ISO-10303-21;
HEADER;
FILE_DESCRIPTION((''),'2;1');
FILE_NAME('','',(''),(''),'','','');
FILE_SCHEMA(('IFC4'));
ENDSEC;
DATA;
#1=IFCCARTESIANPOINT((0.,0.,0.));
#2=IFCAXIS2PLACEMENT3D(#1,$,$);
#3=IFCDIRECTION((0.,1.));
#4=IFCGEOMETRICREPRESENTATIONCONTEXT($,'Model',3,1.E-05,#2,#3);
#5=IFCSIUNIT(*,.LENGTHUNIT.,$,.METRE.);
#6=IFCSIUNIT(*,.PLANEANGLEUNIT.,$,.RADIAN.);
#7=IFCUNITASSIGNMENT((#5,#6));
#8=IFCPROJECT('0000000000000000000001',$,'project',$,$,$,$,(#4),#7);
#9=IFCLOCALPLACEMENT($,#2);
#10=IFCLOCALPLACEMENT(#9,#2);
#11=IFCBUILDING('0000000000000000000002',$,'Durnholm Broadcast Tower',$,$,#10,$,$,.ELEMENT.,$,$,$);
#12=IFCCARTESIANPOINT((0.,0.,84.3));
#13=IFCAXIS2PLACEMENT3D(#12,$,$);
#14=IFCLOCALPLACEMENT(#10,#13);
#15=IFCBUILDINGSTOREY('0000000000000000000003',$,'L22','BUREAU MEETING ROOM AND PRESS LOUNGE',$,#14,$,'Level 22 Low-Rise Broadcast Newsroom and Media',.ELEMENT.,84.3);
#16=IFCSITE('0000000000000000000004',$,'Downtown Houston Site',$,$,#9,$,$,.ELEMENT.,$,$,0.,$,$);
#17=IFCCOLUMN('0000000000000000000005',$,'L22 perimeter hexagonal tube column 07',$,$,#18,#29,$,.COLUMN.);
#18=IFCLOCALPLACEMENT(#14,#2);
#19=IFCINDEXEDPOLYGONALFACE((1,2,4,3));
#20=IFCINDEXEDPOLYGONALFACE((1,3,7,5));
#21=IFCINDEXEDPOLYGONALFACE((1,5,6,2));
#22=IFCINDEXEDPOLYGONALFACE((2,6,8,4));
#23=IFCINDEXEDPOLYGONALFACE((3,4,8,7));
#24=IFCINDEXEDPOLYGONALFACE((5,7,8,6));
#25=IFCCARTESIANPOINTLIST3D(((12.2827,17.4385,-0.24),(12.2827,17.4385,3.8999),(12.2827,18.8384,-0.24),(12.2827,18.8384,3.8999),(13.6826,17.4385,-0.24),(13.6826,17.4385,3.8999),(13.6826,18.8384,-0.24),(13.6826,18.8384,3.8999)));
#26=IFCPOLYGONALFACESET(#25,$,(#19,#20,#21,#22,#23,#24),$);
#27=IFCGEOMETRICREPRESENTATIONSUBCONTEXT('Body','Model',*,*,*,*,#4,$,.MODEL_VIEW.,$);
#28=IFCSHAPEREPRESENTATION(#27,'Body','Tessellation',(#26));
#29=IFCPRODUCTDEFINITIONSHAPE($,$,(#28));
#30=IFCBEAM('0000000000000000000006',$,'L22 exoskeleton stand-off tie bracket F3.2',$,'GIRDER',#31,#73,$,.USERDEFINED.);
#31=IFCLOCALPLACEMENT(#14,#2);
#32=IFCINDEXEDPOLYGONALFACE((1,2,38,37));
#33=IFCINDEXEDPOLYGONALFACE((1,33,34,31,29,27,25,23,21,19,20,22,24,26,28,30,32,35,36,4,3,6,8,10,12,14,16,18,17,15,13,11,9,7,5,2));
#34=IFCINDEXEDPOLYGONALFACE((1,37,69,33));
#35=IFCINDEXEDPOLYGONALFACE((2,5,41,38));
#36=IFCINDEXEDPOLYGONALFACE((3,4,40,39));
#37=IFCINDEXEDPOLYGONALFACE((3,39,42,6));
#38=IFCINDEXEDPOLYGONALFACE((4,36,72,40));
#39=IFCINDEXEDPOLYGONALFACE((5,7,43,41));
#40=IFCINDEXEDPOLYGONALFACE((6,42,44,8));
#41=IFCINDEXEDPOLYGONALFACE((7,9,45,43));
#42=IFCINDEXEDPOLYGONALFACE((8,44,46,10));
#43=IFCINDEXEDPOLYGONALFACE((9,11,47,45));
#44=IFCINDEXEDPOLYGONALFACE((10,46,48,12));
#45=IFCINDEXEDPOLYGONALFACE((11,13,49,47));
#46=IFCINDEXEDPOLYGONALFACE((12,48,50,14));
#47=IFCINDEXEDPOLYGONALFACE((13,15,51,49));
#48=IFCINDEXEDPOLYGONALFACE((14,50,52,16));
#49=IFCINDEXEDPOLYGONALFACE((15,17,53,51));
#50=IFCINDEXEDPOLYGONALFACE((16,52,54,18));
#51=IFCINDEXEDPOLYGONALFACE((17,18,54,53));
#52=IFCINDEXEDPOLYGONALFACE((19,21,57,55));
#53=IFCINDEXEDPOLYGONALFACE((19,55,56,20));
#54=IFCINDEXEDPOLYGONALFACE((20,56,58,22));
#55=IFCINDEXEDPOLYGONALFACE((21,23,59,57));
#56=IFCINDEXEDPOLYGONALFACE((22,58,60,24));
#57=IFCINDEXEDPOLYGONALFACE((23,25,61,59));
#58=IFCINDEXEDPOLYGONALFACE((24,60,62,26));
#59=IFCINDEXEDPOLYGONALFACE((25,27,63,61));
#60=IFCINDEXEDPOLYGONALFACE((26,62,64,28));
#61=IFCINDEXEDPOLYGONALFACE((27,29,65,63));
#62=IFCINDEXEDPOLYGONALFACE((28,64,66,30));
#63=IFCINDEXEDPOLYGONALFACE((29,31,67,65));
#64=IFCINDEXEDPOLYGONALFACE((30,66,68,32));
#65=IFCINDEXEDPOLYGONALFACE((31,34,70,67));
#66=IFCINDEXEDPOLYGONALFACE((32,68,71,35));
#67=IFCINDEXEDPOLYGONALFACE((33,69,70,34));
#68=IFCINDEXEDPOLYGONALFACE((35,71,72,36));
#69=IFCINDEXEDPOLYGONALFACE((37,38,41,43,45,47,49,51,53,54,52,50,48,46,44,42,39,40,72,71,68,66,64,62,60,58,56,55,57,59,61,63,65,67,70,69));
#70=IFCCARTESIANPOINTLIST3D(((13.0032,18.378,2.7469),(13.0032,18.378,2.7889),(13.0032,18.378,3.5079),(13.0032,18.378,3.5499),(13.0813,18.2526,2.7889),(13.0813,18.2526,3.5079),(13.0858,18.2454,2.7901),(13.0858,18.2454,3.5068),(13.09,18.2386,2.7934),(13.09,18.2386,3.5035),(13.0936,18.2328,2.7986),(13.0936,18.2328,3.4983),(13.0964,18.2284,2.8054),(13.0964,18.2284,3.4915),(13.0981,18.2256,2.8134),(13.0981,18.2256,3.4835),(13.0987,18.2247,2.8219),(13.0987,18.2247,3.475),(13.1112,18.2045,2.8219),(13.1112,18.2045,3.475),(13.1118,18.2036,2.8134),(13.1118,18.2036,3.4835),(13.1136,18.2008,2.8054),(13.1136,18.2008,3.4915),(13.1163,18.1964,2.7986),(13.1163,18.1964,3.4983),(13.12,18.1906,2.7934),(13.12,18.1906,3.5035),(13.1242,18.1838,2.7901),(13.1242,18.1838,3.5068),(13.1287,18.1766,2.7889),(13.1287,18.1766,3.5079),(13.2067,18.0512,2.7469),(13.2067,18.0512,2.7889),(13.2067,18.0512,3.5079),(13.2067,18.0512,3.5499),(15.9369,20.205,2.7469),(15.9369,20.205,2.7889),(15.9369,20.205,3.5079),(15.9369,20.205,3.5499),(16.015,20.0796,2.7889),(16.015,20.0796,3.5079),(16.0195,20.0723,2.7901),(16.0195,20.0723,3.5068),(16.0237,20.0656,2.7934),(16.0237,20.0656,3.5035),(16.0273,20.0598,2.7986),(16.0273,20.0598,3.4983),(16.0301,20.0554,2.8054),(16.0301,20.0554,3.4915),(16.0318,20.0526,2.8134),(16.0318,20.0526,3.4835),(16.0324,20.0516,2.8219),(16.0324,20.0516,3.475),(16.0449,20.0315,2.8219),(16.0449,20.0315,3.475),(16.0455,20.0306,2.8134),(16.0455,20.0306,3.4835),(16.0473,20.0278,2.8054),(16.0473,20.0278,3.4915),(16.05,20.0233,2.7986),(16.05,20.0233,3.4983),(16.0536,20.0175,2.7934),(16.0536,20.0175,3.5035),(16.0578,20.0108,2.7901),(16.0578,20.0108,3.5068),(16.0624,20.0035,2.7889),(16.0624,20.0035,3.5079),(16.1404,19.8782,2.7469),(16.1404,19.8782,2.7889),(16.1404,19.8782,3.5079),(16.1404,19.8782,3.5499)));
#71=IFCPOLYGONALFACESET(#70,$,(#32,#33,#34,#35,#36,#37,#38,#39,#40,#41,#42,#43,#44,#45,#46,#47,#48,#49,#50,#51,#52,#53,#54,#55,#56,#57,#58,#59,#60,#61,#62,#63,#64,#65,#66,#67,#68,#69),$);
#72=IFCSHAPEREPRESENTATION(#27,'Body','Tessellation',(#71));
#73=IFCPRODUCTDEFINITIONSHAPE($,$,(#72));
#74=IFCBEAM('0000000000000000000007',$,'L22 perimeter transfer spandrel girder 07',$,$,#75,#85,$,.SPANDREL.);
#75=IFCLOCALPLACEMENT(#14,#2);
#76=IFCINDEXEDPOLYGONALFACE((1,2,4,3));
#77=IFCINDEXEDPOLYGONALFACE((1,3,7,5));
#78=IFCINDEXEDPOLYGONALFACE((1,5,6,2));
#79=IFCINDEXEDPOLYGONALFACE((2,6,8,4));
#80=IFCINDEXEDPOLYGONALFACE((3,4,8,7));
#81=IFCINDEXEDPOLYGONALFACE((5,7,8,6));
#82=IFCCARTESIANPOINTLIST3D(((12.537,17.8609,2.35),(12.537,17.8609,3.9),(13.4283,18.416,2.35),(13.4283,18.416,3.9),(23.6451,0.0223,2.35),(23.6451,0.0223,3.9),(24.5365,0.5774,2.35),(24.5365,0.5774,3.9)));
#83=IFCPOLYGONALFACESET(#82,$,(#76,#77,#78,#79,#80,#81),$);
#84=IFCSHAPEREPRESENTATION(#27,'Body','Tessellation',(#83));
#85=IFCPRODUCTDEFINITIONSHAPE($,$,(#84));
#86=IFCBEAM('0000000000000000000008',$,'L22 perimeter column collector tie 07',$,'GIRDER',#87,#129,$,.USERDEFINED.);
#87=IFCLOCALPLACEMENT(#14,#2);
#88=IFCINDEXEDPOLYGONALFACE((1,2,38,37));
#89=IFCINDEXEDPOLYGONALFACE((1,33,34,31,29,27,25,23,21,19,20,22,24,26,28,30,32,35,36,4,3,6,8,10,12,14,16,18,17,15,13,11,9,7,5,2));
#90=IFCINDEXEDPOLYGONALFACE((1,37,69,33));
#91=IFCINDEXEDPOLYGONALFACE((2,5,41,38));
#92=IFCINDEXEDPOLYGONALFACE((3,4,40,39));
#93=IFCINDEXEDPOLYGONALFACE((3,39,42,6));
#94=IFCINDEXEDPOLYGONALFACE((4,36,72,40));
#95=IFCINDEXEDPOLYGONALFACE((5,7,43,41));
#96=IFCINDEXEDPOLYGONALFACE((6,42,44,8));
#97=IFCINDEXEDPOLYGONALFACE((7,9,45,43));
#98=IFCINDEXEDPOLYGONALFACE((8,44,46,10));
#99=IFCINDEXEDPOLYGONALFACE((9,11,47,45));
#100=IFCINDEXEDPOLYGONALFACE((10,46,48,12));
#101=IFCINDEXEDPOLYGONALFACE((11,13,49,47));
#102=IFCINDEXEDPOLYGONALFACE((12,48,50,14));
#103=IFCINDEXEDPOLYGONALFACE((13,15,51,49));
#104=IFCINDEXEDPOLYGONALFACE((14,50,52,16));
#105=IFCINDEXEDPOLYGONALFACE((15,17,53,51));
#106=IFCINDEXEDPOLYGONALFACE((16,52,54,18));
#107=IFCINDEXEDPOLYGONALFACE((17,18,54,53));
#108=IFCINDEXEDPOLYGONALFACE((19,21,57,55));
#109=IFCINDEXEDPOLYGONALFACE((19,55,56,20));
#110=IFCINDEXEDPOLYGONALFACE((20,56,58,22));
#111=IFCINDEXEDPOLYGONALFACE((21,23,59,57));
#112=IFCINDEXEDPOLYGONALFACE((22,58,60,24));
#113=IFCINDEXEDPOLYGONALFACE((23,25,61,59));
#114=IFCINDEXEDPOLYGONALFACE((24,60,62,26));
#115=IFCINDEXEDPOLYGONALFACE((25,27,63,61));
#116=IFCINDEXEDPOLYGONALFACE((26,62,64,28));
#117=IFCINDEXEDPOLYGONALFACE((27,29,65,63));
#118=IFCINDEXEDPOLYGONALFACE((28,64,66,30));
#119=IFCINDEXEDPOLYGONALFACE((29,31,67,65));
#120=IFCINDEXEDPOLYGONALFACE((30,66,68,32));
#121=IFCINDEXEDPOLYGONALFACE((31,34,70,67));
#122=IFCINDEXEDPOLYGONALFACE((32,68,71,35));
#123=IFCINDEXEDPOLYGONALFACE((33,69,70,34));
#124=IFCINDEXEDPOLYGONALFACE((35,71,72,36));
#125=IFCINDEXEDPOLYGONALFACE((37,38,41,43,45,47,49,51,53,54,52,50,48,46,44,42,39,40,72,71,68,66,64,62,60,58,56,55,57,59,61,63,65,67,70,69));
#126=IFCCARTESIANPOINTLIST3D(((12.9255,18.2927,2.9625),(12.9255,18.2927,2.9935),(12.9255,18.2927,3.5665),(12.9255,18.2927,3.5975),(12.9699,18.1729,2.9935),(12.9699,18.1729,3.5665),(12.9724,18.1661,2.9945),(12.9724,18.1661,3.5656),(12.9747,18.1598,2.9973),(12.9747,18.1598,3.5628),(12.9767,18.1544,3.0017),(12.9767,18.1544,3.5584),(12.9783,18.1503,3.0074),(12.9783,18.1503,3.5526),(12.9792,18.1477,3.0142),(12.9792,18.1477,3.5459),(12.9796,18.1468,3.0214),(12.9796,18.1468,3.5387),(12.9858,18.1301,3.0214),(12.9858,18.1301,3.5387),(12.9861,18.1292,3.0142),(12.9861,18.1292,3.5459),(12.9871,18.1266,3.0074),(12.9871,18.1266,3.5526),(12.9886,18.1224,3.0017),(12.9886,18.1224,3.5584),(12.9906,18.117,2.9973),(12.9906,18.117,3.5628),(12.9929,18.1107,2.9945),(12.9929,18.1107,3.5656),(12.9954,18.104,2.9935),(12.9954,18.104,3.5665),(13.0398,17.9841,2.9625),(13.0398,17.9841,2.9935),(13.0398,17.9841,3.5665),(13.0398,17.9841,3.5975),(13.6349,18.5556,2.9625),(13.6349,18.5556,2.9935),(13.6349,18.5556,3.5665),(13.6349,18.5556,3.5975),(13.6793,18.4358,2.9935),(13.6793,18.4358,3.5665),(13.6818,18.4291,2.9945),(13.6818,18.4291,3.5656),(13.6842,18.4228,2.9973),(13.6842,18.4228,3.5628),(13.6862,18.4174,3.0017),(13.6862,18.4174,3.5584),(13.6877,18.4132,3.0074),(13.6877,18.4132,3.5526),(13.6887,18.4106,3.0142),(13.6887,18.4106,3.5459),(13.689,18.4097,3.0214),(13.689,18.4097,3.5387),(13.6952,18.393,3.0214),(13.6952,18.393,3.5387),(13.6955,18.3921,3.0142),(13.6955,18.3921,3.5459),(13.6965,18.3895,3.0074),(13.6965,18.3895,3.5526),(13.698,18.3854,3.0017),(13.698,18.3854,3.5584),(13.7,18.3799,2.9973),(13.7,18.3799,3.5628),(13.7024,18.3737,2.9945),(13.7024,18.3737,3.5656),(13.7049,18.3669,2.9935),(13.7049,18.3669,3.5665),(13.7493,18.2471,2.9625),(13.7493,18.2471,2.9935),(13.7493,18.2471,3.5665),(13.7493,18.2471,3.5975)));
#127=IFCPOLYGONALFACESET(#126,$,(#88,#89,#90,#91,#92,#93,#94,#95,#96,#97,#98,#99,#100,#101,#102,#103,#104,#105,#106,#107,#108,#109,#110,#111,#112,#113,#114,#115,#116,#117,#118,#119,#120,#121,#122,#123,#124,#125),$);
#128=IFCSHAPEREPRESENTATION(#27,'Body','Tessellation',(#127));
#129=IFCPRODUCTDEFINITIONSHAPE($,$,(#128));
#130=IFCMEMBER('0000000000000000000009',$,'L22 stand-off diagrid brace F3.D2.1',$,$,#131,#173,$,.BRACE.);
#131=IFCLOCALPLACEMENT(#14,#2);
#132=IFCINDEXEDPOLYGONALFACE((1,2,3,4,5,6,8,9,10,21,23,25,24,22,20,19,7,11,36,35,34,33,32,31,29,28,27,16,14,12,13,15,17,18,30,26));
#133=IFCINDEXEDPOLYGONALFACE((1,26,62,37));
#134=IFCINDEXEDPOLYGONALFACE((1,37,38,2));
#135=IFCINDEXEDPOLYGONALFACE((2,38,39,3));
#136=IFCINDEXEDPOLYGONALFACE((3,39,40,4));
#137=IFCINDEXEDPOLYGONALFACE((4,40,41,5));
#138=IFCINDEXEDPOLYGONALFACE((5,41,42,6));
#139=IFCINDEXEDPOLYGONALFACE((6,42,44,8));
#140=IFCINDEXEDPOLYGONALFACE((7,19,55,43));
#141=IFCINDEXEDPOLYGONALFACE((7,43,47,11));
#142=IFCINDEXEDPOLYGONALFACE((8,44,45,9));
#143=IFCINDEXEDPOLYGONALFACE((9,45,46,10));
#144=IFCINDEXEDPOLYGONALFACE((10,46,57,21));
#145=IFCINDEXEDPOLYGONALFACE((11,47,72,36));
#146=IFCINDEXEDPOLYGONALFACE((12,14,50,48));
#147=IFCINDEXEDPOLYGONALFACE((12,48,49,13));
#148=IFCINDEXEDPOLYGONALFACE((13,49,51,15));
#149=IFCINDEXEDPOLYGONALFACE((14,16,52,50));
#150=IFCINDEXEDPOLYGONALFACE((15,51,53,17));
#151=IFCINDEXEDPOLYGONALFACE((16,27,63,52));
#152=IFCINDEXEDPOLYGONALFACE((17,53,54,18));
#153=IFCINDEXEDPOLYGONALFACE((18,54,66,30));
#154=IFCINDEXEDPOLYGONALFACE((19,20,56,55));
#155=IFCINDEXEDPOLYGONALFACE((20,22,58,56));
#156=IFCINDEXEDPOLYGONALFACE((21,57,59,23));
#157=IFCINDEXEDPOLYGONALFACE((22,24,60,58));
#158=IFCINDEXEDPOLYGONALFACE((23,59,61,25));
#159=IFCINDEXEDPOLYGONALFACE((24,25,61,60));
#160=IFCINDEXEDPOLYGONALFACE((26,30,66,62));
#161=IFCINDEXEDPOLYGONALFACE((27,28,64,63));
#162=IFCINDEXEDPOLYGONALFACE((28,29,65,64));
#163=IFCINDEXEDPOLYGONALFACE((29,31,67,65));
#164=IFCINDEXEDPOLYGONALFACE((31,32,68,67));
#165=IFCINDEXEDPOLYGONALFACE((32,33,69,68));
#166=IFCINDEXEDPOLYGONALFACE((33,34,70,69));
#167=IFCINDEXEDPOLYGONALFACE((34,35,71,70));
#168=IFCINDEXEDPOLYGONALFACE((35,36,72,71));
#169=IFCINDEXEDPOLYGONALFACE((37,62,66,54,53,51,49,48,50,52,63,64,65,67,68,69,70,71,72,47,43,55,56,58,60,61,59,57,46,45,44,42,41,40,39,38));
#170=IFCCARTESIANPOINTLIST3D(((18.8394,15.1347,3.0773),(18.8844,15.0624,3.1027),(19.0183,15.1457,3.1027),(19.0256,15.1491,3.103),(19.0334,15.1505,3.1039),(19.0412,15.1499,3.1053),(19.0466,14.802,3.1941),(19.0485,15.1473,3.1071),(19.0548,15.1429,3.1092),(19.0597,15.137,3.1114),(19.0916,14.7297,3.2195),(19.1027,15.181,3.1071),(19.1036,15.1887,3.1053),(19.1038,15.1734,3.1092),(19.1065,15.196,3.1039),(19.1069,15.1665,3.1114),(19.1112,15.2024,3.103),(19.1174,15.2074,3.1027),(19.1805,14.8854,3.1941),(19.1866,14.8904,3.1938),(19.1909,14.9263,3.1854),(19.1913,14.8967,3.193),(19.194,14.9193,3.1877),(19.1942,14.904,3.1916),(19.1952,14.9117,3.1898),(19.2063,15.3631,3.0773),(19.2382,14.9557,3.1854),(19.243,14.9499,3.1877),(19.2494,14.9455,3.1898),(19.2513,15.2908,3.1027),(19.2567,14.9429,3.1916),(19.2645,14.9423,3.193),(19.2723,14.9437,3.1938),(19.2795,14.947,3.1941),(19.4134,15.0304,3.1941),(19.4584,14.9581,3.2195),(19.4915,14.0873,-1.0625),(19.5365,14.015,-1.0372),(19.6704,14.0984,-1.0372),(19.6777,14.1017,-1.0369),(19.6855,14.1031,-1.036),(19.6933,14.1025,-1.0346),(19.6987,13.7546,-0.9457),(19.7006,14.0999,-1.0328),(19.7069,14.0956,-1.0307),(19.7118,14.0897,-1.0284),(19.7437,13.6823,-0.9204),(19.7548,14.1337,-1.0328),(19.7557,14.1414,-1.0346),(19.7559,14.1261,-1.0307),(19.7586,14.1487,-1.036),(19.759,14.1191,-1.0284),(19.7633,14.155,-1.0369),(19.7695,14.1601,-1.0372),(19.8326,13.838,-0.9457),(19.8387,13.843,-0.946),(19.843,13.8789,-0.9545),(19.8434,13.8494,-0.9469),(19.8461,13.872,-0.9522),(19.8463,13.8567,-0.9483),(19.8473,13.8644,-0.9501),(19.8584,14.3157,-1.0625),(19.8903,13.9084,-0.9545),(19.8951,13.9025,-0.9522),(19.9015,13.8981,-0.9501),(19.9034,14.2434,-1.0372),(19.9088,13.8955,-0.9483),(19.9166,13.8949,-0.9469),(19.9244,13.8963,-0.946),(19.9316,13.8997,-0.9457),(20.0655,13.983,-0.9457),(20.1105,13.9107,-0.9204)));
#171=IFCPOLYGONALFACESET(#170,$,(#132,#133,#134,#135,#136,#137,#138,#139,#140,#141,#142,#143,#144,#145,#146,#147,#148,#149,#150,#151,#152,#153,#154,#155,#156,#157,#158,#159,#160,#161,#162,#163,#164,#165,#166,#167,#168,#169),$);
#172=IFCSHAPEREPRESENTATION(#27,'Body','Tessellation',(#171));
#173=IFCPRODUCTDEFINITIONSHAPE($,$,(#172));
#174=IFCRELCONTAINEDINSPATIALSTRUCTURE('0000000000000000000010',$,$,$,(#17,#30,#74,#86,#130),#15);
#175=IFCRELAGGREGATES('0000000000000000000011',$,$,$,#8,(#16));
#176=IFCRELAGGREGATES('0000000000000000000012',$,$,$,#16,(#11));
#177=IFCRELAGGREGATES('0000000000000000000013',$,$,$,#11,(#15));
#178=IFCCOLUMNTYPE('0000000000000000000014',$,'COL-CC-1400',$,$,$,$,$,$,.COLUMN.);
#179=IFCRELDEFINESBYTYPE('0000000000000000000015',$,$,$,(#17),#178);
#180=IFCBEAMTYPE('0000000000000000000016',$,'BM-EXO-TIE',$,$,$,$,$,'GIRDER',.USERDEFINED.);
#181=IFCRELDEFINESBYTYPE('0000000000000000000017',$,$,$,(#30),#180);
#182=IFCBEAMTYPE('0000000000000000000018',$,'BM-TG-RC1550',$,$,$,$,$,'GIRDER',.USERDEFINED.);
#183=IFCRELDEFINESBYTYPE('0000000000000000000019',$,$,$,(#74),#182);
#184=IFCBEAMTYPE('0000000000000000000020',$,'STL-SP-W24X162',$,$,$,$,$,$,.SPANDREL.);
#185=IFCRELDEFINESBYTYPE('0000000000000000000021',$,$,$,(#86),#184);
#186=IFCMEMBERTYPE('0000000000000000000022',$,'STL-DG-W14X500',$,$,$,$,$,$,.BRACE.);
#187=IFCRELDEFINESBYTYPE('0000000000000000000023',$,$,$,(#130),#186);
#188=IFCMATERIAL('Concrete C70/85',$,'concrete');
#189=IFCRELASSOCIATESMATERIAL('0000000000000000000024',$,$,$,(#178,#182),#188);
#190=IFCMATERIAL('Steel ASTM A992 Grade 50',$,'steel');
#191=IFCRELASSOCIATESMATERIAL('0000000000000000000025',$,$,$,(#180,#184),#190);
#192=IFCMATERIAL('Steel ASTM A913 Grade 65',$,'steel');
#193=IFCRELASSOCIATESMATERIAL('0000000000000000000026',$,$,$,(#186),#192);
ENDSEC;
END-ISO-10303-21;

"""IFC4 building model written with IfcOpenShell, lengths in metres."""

from ifc_helpers import new_model, si_unit, direction, frame, origin, origin_2d, place, context, subcontext, project, spatial, rectangle, i_section, extrude, source, transform, mapped, material, material_profile, profile_set, type_object, type_shapes, element, save


model = new_model("IFC4")

# Units and contexts
model_context = context("Model", 3, precision=1e-05, world=origin(), true_north=direction((0.0, 1.0)))
body_context = subcontext(model_context, "Body", "Model", "MODEL_VIEW")
ifc_project = project(units=[si_unit("LENGTHUNIT", "METRE"), si_unit("PLANEANGLEUNIT", "RADIAN")], contexts=[model_context])

# Site, building, storey
site_placement = place(None, origin())
site = spatial("IfcSite", under=ifc_project, at=site_placement, Name="Downtown Houston Site", CompositionType="ELEMENT", RefElevation=0.0)
building_placement = place(site_placement, origin())
building = spatial("IfcBuilding", under=site, at=building_placement, Name="Durnholm Broadcast Tower", CompositionType="ELEMENT")
storey_placement = place(building_placement, frame((0.0, 0.0, 84.3)))
storey = spatial("IfcBuildingStorey", under=building, at=storey_placement, Name="L22", Description="BUREAU MEETING ROOM AND PRESS LOUNGE", LongName="Level 22 Low-Rise Broadcast Newsroom and Media", CompositionType="ELEMENT", Elevation=84.3)

# Column
ifc_material_1 = material(Name="Concrete C70/85", Category="concrete")
ifc_material_profile_1 = material_profile(ifc_material_1, rectangle(XDim=1.3999, YDim=1.3999, at=origin_2d()), Name="RC1400X1400")
ifc_profile_set_1 = profile_set([ifc_material_profile_1], Name="Concrete C70/85")
column_type = type_object("IfcColumnType", Name="COL-CC-1400", PredefinedType="COLUMN", material=ifc_profile_set_1)
shared_shape_1 = source(origin(), body_context, "Body", "SweptSolid", [
    extrude(rectangle(XDim=1.3999, YDim=1.3999, at=origin_2d()), origin(), (0.0, 0.0, 1.0), 4.1399),
])
type_shapes(column_type, [shared_shape_1])
column_placement = place(storey_placement, frame((12.9827, 18.1384, -0.24), z_axis=(0.0, 0.0, 1.0), x_axis=(1.0, 0.0, 0.0)))
element("IfcColumn", 1, at=column_placement, inside=storey, type_object=column_type, Name="L22 perimeter hexagonal tube column 07", PredefinedType="COLUMN", context=body_context, shape_type="MappedRepresentation", body=[
    mapped(shared_shape_1, transform((0.0, 0.0, 0.0), x_axis=(1.0, 0.0, 0.0), y_axis=(0.0, 1.0, 0.0), z_axis=(0.0, 0.0, 1.0), scale=1.0)),
])

# Beams
ifc_material_2 = material(Name="Steel ASTM A992 Grade 50", Category="steel")
ifc_material_profile_2 = material_profile(ifc_material_2, i_section(OverallWidth=0.385, OverallDepth=0.803, WebThickness=0.0237, FlangeThickness=0.042, FilletRadius=0.033, at=origin_2d()), Name="W30X261")
ifc_profile_set_2 = profile_set([ifc_material_profile_2], Name="Steel ASTM A992 Grade 50")
beam_type_1 = type_object("IfcBeamType", Name="BM-EXO-TIE", ElementType="GIRDER", PredefinedType="USERDEFINED", material=ifc_profile_set_2)
shared_shape_2 = source(origin(), body_context, "Body", "SweptSolid", [
    extrude(i_section(OverallWidth=0.385, OverallDepth=0.803, WebThickness=0.0237, FlangeThickness=0.042, FilletRadius=0.033, at=origin_2d()), origin(), (0.0, 0.0, 1.0), 3.4561),
])
type_shapes(beam_type_1, [shared_shape_2])
beam_1_placement = place(storey_placement, frame((13.105, 18.2146, 3.1484), z_axis=(0.848854, 0.528627, 0.0), x_axis=(-0.528627, 0.848854, 0.0)))
element("IfcBeam", 2, at=beam_1_placement, inside=storey, type_object=beam_type_1, Name="L22 exoskeleton stand-off tie bracket F3.2", ObjectType="GIRDER", PredefinedType="USERDEFINED", context=body_context, shape_type="MappedRepresentation", body=[
    mapped(shared_shape_2, transform((0.0, 0.0, 0.0), x_axis=(1.0, 0.0, 0.0), y_axis=(0.0, 1.0, 0.0), z_axis=(0.0, 0.0, 1.0), scale=1.0)),
])
ifc_material_profile_3 = material_profile(ifc_material_1, rectangle(XDim=1.05, YDim=1.55, at=origin_2d()), Name="RC1050X1550")
ifc_profile_set_3 = profile_set([ifc_material_profile_3], Name="Concrete C70/85")
beam_type_2 = type_object("IfcBeamType", Name="BM-TG-RC1550", ElementType="GIRDER", PredefinedType="USERDEFINED", material=ifc_profile_set_3)
shared_shape_3 = source(origin(), body_context, "Body", "SweptSolid", [
    extrude(rectangle(XDim=1.05, YDim=1.55, at=origin_2d()), origin(), (0.0, 0.0, 1.0), 21.0144),
])
type_shapes(beam_type_2, [shared_shape_3])
beam_2_placement = place(storey_placement, frame((12.9827, 18.1384, 3.125), z_axis=(0.528596, -0.848874, 0.0), x_axis=(0.848874, 0.528596, 0.0)))
element("IfcBeam", 3, at=beam_2_placement, inside=storey, type_object=beam_type_2, Name="L22 perimeter transfer spandrel girder 07", PredefinedType="SPANDREL", context=body_context, shape_type="MappedRepresentation", body=[
    mapped(shared_shape_3, transform((0.0, 0.0, 0.0), x_axis=(1.0, 0.0, 0.0), y_axis=(0.0, 1.0, 0.0), z_axis=(0.0, 0.0, 1.0), scale=1.0)),
])
ifc_material_profile_4 = material_profile(ifc_material_2, i_section(OverallWidth=0.3291, OverallDepth=0.635, WebThickness=0.0178, FlangeThickness=0.031, FilletRadius=0.0278, at=origin_2d()), Name="W24X162")
ifc_profile_set_4 = profile_set([ifc_material_profile_4], Name="Steel ASTM A992 Grade 50")
beam_type_3 = type_object("IfcBeamType", Name="STL-SP-W24X162", PredefinedType="SPANDREL", material=ifc_profile_set_4)
shared_shape_4 = source(origin(), body_context, "Body", "SweptSolid", [
    extrude(i_section(OverallWidth=0.3291, OverallDepth=0.635, WebThickness=0.0178, FlangeThickness=0.031, FilletRadius=0.0278, at=origin_2d()), origin(), (0.0, 0.0, 1.0), 0.7566),
])
type_shapes(beam_type_3, [shared_shape_4])
beam_3_placement = place(storey_placement, frame((12.9827, 18.1384, 3.28), z_axis=(0.937675, 0.347514, 0.0), x_axis=(-0.347514, 0.937675, 0.0)))
element("IfcBeam", 4, at=beam_3_placement, inside=storey, type_object=beam_type_3, Name="L22 perimeter column collector tie 07", ObjectType="GIRDER", PredefinedType="USERDEFINED", context=body_context, shape_type="MappedRepresentation", body=[
    mapped(shared_shape_4, transform((0.0, 0.0, 0.0), x_axis=(1.0, 0.0, 0.0), y_axis=(0.0, 1.0, 0.0), z_axis=(0.0, 0.0, 1.0), scale=1.0)),
])

# Member
ifc_material_3 = material(Name="Steel ASTM A913 Grade 65", Category="steel")
ifc_material_profile_5 = material_profile(ifc_material_3, i_section(OverallWidth=0.4321, OverallDepth=0.4978, WebThickness=0.0557, FlangeThickness=0.0889, FilletRadius=0.0305, at=origin_2d()), Name="W14X500")
ifc_profile_set_5 = profile_set([ifc_material_profile_5], Name="Steel ASTM A913 Grade 65")
member_type_1 = type_object("IfcMemberType", Name="STL-DG-W14X500", PredefinedType="BRACE", material=ifc_profile_set_5)
shared_shape_5 = source(origin(), body_context, "Body", "SweptSolid", [
    extrude(i_section(OverallWidth=0.4321, OverallDepth=0.4978, WebThickness=0.0557, FlangeThickness=0.0889, FilletRadius=0.0305, at=origin_2d()), origin(), (0.0, 0.0, 1.0), 4.3198),
])
type_shapes(member_type_1, [shared_shape_5])
for number, where, z_axis, x_axis, name in (
    (5, (19.801, 13.999, -0.9915), (-0.150955, 0.242455, 0.958347), (-0.848909, -0.52854, 0.0), "L22 stand-off diagrid brace F3.D2.1"),
):
    element("IfcMember", number, at=place(storey_placement, frame(where, z_axis=z_axis, x_axis=x_axis)), inside=storey, type_object=member_type_1, Name=name, PredefinedType="BRACE", context=body_context, shape_type="MappedRepresentation", body=[
        mapped(shared_shape_5, transform((0.0, 0.0, 0.0), x_axis=(1.0, 0.0, 0.0), y_axis=(0.0, 1.0, 0.0), z_axis=(0.0, 0.0, 1.0), scale=1.0)),
    ])

save(model, "model.ifc")
